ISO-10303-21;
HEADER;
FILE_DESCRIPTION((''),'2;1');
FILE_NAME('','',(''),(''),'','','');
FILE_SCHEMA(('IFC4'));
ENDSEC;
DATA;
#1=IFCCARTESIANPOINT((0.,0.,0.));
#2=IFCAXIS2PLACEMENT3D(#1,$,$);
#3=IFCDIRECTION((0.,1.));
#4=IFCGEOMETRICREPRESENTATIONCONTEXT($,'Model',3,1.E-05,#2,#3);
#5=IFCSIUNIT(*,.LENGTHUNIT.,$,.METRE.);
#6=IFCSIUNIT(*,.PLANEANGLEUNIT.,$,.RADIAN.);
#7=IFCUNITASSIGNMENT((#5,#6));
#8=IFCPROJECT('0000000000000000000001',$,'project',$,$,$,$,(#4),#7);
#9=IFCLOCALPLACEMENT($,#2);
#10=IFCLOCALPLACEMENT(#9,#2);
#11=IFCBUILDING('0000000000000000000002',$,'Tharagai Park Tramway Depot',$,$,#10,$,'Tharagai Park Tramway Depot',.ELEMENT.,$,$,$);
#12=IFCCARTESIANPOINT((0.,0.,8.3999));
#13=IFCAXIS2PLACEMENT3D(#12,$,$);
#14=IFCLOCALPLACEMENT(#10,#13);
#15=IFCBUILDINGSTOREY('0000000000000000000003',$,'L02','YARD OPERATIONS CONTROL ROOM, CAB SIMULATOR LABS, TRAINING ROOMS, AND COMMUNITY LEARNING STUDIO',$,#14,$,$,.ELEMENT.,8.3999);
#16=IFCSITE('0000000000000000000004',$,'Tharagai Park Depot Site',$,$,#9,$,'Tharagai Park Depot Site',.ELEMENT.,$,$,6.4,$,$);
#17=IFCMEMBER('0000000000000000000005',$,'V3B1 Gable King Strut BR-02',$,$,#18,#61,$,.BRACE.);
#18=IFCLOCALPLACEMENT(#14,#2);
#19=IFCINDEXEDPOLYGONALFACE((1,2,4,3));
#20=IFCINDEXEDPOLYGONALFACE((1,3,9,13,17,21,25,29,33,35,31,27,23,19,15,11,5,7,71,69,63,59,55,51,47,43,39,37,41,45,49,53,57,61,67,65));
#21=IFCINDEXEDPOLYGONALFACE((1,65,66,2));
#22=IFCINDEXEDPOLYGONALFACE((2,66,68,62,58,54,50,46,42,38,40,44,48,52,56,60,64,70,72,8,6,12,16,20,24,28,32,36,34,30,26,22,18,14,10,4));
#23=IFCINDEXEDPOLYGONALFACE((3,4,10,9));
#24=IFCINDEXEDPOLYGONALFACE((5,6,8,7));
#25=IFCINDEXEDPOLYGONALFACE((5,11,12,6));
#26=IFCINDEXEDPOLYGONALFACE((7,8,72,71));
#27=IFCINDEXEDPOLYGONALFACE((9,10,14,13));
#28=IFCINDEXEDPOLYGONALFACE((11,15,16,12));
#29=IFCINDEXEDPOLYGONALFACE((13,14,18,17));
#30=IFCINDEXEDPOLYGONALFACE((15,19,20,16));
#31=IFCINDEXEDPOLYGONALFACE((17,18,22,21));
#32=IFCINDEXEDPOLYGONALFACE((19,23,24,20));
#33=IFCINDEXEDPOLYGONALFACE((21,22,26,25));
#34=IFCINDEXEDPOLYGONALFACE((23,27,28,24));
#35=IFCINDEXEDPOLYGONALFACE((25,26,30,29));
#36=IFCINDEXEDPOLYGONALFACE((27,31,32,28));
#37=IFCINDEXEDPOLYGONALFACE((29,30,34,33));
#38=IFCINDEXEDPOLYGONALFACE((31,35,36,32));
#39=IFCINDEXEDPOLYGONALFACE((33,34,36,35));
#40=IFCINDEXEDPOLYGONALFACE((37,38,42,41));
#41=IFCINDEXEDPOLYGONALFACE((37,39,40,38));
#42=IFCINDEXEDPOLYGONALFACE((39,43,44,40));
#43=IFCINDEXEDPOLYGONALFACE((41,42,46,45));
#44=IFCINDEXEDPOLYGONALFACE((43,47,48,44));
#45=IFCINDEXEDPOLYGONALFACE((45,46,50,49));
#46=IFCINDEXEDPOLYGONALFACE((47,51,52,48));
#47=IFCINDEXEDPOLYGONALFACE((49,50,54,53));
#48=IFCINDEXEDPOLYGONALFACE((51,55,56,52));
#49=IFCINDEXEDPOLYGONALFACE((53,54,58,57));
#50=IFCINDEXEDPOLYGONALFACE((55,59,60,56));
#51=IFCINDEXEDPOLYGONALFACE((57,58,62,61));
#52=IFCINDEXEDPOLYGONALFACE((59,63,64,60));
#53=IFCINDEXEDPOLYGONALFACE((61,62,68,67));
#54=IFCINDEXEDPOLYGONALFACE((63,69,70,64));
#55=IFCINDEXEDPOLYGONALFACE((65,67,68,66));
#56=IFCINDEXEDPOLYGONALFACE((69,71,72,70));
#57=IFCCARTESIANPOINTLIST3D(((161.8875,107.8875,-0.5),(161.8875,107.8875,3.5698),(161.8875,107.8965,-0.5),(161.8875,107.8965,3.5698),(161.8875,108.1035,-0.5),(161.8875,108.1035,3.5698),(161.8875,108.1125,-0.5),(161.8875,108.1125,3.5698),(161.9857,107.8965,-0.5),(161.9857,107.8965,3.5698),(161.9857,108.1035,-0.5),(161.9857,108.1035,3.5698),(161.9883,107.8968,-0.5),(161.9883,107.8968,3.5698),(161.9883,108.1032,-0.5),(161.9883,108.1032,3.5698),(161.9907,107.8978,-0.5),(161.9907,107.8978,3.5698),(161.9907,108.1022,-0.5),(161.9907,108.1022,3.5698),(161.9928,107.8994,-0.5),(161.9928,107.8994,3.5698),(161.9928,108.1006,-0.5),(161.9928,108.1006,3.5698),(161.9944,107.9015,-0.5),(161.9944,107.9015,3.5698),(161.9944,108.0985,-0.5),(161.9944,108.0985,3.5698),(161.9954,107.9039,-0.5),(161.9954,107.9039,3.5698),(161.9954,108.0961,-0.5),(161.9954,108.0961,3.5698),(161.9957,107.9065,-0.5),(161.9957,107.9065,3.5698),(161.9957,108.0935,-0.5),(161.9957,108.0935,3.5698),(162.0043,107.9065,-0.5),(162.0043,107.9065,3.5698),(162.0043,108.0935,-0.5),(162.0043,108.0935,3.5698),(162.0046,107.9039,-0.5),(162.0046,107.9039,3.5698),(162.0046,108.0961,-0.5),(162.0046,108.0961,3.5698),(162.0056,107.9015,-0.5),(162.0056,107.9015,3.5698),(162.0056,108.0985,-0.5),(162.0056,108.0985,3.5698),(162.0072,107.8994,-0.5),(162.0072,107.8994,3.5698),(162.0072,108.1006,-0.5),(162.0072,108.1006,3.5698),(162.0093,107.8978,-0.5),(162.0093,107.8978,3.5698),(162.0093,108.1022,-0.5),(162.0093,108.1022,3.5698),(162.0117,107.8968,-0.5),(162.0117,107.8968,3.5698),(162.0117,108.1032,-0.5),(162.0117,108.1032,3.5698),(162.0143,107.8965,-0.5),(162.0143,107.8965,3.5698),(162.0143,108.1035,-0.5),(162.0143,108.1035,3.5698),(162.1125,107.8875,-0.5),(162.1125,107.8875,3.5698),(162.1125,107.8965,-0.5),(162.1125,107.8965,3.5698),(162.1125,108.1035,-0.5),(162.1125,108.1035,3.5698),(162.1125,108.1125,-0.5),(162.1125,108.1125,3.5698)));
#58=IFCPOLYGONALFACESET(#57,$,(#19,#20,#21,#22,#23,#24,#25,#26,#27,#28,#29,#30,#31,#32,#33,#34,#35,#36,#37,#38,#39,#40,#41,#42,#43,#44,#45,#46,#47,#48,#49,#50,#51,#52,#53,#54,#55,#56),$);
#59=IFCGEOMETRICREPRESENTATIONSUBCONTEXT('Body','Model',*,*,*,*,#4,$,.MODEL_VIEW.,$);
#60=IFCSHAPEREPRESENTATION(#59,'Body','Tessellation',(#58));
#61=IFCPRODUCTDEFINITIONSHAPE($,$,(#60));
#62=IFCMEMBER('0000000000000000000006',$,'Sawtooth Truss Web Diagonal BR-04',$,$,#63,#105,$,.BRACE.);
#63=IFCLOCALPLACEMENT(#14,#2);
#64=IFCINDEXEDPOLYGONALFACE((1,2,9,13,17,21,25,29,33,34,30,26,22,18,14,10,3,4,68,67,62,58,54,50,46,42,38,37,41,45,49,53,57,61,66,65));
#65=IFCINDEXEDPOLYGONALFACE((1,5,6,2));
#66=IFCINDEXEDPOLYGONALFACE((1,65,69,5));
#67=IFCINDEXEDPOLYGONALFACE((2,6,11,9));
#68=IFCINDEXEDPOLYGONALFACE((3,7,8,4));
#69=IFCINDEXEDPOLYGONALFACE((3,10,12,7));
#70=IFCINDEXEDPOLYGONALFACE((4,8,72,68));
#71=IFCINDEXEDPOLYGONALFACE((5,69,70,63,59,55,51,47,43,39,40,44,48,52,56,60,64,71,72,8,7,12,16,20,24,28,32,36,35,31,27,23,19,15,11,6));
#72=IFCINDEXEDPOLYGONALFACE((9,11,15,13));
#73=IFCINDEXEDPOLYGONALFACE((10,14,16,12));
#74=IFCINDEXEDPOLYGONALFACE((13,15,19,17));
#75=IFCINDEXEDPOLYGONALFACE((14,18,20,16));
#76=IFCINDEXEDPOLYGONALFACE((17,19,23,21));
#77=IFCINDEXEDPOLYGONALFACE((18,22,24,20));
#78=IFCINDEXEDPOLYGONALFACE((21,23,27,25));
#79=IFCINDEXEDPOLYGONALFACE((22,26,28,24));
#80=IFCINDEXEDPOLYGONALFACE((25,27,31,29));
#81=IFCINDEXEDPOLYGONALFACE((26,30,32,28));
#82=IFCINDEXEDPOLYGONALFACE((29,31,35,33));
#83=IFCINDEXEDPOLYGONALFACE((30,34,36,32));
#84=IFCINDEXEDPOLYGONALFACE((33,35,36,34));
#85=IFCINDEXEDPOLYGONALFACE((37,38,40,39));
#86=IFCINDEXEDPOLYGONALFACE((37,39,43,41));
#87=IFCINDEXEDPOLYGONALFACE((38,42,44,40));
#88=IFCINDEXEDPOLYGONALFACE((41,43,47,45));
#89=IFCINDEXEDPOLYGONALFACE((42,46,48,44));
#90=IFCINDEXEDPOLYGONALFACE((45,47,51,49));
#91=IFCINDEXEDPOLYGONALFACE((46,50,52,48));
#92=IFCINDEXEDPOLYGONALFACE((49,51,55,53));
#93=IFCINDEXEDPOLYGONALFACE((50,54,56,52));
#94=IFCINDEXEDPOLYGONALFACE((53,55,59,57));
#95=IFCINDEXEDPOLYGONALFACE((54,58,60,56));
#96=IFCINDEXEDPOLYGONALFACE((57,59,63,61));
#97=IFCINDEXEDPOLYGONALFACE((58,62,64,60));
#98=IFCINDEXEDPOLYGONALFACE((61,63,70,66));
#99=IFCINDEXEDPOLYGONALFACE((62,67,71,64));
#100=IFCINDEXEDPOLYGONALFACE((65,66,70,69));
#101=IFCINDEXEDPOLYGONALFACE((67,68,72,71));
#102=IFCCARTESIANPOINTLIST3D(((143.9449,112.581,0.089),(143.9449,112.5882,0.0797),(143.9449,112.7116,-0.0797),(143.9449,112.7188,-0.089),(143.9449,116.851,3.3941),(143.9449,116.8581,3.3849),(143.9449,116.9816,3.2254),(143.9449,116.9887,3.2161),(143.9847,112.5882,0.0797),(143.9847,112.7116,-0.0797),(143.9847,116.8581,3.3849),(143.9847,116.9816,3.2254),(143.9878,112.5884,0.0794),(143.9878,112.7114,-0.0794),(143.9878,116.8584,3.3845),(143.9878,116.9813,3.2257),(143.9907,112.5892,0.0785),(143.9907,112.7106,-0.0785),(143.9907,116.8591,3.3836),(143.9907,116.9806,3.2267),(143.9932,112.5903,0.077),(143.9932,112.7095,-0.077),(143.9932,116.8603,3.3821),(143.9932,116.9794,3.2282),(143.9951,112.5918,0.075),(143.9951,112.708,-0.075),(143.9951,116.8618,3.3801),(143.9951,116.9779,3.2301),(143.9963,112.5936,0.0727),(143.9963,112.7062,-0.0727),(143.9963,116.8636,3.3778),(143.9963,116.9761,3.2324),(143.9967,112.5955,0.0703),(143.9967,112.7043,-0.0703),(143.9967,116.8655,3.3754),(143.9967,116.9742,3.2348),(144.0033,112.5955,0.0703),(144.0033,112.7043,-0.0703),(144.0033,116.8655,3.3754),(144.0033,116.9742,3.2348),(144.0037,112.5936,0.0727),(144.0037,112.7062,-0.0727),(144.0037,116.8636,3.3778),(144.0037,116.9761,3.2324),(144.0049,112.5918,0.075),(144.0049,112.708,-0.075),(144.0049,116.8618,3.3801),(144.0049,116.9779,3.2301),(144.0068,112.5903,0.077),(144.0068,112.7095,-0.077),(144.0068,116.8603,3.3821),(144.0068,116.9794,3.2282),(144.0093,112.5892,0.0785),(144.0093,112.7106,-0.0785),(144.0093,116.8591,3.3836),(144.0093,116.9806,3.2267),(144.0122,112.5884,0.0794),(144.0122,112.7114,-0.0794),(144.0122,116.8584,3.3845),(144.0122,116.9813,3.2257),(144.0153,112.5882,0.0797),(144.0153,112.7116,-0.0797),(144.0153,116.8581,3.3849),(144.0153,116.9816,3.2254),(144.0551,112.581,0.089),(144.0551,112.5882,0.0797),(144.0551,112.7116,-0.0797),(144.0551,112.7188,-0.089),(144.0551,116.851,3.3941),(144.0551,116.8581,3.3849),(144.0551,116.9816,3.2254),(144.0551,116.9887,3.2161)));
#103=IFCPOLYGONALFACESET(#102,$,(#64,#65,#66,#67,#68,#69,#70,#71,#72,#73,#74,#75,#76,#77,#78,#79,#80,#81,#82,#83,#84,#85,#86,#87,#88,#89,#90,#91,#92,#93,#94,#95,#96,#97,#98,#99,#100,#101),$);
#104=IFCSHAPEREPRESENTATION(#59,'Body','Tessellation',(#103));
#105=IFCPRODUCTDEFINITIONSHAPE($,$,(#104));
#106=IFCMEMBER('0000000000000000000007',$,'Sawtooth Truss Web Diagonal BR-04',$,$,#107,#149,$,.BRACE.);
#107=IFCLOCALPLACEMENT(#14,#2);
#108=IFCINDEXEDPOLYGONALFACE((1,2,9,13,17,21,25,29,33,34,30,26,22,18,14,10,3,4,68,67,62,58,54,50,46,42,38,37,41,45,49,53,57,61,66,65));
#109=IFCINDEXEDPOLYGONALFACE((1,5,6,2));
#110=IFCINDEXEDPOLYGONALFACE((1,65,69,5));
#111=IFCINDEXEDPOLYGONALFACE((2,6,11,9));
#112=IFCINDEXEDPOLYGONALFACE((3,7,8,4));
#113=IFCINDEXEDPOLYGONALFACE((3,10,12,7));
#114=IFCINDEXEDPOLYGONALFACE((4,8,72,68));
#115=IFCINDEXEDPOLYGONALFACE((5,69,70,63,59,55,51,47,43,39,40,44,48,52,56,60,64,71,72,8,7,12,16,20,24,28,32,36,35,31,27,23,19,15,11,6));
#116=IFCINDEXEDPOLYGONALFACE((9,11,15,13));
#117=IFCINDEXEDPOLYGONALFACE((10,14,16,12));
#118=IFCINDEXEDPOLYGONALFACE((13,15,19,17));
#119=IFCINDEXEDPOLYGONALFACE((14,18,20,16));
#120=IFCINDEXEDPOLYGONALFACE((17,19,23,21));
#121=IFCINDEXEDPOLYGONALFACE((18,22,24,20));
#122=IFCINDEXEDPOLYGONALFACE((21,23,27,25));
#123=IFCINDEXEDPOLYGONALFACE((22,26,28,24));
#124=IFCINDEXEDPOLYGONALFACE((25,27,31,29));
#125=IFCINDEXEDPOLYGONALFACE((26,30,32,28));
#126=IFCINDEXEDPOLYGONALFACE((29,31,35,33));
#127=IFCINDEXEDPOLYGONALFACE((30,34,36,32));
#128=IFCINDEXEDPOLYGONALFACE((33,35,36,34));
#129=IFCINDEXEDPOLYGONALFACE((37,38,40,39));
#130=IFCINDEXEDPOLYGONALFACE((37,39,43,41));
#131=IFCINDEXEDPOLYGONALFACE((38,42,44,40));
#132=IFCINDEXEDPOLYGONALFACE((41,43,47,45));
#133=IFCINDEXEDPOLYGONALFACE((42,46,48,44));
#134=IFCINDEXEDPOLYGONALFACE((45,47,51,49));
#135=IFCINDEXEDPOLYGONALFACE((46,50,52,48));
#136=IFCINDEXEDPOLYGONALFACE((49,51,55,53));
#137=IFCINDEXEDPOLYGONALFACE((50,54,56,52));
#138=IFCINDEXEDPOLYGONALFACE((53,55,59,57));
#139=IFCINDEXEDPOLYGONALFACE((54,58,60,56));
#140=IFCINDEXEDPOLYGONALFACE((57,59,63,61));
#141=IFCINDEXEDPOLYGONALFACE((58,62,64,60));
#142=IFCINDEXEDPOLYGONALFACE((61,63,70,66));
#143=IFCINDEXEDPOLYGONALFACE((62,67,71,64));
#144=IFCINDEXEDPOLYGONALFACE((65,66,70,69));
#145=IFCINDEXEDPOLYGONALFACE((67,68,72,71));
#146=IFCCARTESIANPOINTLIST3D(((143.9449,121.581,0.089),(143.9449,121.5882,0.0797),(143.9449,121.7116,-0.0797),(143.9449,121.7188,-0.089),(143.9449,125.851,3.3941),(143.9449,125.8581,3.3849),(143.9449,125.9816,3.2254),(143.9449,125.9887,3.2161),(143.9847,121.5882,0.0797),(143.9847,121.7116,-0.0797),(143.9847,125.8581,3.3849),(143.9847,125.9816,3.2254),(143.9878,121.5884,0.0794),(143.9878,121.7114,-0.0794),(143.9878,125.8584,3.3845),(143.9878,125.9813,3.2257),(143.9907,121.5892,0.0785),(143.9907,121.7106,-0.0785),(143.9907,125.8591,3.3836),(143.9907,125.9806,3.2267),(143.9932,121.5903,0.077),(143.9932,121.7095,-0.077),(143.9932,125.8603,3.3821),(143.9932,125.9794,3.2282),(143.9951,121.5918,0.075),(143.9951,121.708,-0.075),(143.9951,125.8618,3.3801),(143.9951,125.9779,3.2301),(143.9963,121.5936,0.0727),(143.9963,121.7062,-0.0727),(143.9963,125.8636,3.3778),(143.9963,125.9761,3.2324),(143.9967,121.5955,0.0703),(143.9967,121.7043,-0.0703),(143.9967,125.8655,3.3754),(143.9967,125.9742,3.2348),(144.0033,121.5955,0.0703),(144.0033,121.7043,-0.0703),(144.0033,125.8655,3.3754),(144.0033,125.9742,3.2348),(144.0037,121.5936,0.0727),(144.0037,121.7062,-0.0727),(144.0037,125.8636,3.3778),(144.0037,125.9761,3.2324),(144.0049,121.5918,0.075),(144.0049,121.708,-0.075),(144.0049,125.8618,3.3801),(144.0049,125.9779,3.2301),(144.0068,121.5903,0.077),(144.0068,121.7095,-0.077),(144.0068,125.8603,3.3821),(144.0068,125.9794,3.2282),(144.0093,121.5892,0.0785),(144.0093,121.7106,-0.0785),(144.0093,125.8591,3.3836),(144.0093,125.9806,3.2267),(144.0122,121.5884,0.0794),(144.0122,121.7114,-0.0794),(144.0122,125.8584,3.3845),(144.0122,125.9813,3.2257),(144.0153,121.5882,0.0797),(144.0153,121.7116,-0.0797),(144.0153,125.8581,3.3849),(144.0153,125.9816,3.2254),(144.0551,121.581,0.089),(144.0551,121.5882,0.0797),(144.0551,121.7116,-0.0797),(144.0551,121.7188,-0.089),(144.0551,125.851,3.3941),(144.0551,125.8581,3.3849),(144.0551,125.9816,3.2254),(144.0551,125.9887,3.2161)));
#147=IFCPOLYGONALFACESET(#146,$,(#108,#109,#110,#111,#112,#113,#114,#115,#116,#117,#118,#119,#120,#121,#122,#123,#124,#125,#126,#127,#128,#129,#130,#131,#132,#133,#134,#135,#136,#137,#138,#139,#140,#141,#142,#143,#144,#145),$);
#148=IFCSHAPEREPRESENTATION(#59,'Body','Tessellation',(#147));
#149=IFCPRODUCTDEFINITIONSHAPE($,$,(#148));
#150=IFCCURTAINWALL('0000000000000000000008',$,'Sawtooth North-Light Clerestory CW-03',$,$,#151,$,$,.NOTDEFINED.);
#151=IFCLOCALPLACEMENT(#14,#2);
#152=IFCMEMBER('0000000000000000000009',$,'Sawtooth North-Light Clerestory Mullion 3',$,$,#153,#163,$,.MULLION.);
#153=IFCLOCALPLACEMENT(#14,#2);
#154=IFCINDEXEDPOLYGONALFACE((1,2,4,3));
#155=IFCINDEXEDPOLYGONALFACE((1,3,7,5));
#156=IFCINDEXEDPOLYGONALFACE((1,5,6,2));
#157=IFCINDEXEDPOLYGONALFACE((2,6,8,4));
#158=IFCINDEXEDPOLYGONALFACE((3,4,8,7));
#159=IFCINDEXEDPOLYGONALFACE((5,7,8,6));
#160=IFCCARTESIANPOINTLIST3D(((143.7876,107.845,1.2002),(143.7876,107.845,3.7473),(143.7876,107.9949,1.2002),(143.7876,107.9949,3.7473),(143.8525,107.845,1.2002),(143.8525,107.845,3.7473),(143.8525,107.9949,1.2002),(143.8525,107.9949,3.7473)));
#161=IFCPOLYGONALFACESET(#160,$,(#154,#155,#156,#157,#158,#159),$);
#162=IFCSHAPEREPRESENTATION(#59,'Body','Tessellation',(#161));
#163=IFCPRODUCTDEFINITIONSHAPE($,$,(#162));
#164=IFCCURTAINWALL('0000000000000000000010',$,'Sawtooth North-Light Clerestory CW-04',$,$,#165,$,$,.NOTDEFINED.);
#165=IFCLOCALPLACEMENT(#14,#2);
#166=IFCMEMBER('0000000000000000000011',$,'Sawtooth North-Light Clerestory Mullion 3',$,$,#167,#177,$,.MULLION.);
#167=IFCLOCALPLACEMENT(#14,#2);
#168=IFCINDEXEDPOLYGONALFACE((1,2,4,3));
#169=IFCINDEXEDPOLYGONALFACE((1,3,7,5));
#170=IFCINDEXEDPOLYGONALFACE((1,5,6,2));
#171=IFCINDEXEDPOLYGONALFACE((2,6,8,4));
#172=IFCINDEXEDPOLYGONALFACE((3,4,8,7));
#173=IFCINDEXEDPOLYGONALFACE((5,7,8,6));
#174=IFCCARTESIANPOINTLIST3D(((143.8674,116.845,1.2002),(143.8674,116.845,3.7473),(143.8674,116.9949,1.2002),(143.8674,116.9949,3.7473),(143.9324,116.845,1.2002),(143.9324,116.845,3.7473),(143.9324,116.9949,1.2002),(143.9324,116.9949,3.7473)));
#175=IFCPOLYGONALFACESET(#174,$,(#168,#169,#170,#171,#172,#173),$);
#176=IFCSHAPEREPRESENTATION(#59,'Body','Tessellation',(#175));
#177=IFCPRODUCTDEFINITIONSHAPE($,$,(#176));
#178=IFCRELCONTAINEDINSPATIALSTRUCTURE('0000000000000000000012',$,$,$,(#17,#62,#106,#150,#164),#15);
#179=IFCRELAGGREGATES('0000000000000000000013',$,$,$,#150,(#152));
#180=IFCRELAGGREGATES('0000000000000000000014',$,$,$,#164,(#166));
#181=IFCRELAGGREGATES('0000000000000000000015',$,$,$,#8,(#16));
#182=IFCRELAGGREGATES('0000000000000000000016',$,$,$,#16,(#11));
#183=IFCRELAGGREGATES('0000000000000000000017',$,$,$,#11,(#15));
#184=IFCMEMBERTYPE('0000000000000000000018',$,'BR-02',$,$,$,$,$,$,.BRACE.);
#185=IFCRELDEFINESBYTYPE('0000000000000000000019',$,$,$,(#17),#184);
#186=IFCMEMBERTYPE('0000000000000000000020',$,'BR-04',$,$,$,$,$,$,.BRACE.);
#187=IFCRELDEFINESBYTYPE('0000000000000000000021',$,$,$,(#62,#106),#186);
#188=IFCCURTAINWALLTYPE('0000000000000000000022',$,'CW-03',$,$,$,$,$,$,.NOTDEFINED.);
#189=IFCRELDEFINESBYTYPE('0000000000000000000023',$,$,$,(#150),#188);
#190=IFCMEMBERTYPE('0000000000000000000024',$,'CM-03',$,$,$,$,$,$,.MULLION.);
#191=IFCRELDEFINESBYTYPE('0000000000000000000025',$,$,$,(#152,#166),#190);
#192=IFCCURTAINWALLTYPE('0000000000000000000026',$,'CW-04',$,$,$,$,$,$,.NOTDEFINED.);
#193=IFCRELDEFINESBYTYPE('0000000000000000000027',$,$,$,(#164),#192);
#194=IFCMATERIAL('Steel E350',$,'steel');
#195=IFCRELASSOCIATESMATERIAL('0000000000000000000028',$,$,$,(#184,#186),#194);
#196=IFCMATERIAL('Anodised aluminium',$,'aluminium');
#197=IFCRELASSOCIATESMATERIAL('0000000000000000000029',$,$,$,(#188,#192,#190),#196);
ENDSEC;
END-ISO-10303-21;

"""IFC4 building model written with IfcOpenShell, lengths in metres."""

from ifc_helpers import new_model, si_unit, direction, frame, origin, origin_2d, place, context, subcontext, project, spatial, rectangle, i_section, extrude, material, material_profile, profile_set, type_object, element, aggregate, save


model = new_model("IFC4")

# Units and contexts
model_context = context("Model", 3, precision=1e-05, world=origin(), true_north=direction((0.0, 1.0)))
body_context = subcontext(model_context, "Body", "Model", "MODEL_VIEW")
ifc_project = project(units=[si_unit("LENGTHUNIT", "METRE"), si_unit("PLANEANGLEUNIT", "RADIAN")], contexts=[model_context])

# Site, building, storey
site_placement = place(None, origin())
site = spatial("IfcSite", under=ifc_project, at=site_placement, Name="Tharagai Park Depot Site", LongName="Tharagai Park Depot Site", CompositionType="ELEMENT", RefElevation=6.4)
building_placement = place(site_placement, origin())
building = spatial("IfcBuilding", under=site, at=building_placement, Name="Tharagai Park Tramway Depot", LongName="Tharagai Park Tramway Depot", CompositionType="ELEMENT")
storey_placement = place(building_placement, frame((0.0, 0.0, 8.3999)))
storey = spatial("IfcBuildingStorey", under=building, at=storey_placement, Name="L02", Description="YARD OPERATIONS CONTROL ROOM, CAB SIMULATOR LABS, TRAINING ROOMS, AND COMMUNITY LEARNING STUDIO", CompositionType="ELEMENT", Elevation=8.3999)

# Shared definitions
ifc_material_1 = material(Name="Steel E350", Category="steel")

# Members
ifc_material_profile_1 = material_profile(ifc_material_1, i_section(OverallWidth=0.2251, OverallDepth=0.2251, WebThickness=0.0085, FlangeThickness=0.009, FilletRadius=0.01, at=origin_2d()), Name="ISHB 225")
ifc_profile_set_1 = profile_set([ifc_material_profile_1], Name="Steel E350")
member_type_1 = type_object("IfcMemberType", Name="BR-02", PredefinedType="BRACE", material=ifc_profile_set_1)
member_1_placement = place(storey_placement, frame((162.0, 108.0, -0.5), z_axis=(0.0, 0.0, 1.0), x_axis=(1.0, 0.0, 0.0)))
element("IfcMember", 1, at=member_1_placement, inside=storey, type_object=member_type_1, Name="V3B1 Gable King Strut BR-02", PredefinedType="BRACE", context=body_context, shape_type="SweptSolid", body=[
    extrude(i_section(OverallWidth=0.2251, OverallDepth=0.2251, WebThickness=0.0085, FlangeThickness=0.009, FilletRadius=0.01, at=origin_2d()), origin(), (0.0, 0.0, 1.0), 4.0698),
])
ifc_material_profile_2 = material_profile(ifc_material_1, i_section(OverallWidth=0.1101, OverallDepth=0.2251, WebThickness=0.0066, FlangeThickness=0.0117, FilletRadius=0.012, at=origin_2d()), Name="ISMB 225")
ifc_profile_set_2 = profile_set([ifc_material_profile_2], Name="Steel E350")
member_type_2 = type_object("IfcMemberType", Name="BR-04", PredefinedType="BRACE", material=ifc_profile_set_2)
for number, where, z_axis, x_axis, name in (
    (2, (144.0, 112.6499, 0.0), (0.0, 0.790782, 0.612098), (-1.0, 0.0, 0.0), "Sawtooth Truss Web Diagonal BR-04"),
    (3, (144.0, 121.6499, 0.0), (0.0, 0.790782, 0.612098), (-1.0, 0.0, 0.0), "Sawtooth Truss Web Diagonal BR-04"),
):
    element("IfcMember", number, at=place(storey_placement, frame(where, z_axis=z_axis, x_axis=x_axis)), inside=storey, type_object=member_type_2, Name=name, PredefinedType="BRACE", context=body_context, shape_type="SweptSolid", body=[
        extrude(i_section(OverallWidth=0.1101, OverallDepth=0.2251, WebThickness=0.0066, FlangeThickness=0.0117, FilletRadius=0.012, at=origin_2d()), origin(), (0.0, 0.0, 1.0), 5.3997),
    ])

# Curtain walls, members
ifc_material_2 = material(Name="Anodised aluminium", Category="aluminium")
curtain_wall_type_1 = type_object("IfcCurtainWallType", Name="CW-03", PredefinedType="NOTDEFINED", material=ifc_material_2)
curtain_wall_1_placement = place(storey_placement, origin())
curtain_wall_1 = element("IfcCurtainWall", 4, at=curtain_wall_1_placement, inside=storey, type_object=curtain_wall_type_1, Name="Sawtooth North-Light Clerestory CW-03", PredefinedType="NOTDEFINED")
ifc_material_profile_3 = material_profile(ifc_material_2, rectangle(XDim=0.0649, YDim=0.1499, at=origin_2d()), Name="ALU 65x150")
ifc_profile_set_3 = profile_set([ifc_material_profile_3], Name="Anodised aluminium")
member_type_3 = type_object("IfcMemberType", Name="CM-03", PredefinedType="MULLION", material=ifc_profile_set_3)
member_2_placement = place(storey_placement, frame((143.8201, 107.9199, 1.2002), z_axis=(0.0, 0.0, 1.0), x_axis=(1.0, 0.0, 0.0)))
member_2 = element("IfcMember", 5, at=member_2_placement, type_object=member_type_3, Name="Sawtooth North-Light Clerestory Mullion 3", PredefinedType="MULLION", context=body_context, shape_type="SweptSolid", body=[
    extrude(rectangle(XDim=0.0649, YDim=0.1499, at=origin_2d()), origin(), (0.0, 0.0, 1.0), 2.5471),
])
curtain_wall_type_2 = type_object("IfcCurtainWallType", Name="CW-04", PredefinedType="NOTDEFINED", material=ifc_material_2)
curtain_wall_2_placement = place(storey_placement, origin())
curtain_wall_2 = element("IfcCurtainWall", 6, at=curtain_wall_2_placement, inside=storey, type_object=curtain_wall_type_2, Name="Sawtooth North-Light Clerestory CW-04", PredefinedType="NOTDEFINED")
member_3_placement = place(storey_placement, frame((143.8999, 116.9199, 1.2002), z_axis=(0.0, 0.0, 1.0), x_axis=(1.0, 0.0, 0.0)))
member_3 = element("IfcMember", 7, at=member_3_placement, type_object=member_type_3, Name="Sawtooth North-Light Clerestory Mullion 3", PredefinedType="MULLION", context=body_context, shape_type="SweptSolid", body=[
    extrude(rectangle(XDim=0.0649, YDim=0.1499, at=origin_2d()), origin(), (0.0, 0.0, 1.0), 2.5471),
])

aggregate(curtain_wall_1, [member_2])
aggregate(curtain_wall_2, [member_3])

save(model, "model.ifc")
